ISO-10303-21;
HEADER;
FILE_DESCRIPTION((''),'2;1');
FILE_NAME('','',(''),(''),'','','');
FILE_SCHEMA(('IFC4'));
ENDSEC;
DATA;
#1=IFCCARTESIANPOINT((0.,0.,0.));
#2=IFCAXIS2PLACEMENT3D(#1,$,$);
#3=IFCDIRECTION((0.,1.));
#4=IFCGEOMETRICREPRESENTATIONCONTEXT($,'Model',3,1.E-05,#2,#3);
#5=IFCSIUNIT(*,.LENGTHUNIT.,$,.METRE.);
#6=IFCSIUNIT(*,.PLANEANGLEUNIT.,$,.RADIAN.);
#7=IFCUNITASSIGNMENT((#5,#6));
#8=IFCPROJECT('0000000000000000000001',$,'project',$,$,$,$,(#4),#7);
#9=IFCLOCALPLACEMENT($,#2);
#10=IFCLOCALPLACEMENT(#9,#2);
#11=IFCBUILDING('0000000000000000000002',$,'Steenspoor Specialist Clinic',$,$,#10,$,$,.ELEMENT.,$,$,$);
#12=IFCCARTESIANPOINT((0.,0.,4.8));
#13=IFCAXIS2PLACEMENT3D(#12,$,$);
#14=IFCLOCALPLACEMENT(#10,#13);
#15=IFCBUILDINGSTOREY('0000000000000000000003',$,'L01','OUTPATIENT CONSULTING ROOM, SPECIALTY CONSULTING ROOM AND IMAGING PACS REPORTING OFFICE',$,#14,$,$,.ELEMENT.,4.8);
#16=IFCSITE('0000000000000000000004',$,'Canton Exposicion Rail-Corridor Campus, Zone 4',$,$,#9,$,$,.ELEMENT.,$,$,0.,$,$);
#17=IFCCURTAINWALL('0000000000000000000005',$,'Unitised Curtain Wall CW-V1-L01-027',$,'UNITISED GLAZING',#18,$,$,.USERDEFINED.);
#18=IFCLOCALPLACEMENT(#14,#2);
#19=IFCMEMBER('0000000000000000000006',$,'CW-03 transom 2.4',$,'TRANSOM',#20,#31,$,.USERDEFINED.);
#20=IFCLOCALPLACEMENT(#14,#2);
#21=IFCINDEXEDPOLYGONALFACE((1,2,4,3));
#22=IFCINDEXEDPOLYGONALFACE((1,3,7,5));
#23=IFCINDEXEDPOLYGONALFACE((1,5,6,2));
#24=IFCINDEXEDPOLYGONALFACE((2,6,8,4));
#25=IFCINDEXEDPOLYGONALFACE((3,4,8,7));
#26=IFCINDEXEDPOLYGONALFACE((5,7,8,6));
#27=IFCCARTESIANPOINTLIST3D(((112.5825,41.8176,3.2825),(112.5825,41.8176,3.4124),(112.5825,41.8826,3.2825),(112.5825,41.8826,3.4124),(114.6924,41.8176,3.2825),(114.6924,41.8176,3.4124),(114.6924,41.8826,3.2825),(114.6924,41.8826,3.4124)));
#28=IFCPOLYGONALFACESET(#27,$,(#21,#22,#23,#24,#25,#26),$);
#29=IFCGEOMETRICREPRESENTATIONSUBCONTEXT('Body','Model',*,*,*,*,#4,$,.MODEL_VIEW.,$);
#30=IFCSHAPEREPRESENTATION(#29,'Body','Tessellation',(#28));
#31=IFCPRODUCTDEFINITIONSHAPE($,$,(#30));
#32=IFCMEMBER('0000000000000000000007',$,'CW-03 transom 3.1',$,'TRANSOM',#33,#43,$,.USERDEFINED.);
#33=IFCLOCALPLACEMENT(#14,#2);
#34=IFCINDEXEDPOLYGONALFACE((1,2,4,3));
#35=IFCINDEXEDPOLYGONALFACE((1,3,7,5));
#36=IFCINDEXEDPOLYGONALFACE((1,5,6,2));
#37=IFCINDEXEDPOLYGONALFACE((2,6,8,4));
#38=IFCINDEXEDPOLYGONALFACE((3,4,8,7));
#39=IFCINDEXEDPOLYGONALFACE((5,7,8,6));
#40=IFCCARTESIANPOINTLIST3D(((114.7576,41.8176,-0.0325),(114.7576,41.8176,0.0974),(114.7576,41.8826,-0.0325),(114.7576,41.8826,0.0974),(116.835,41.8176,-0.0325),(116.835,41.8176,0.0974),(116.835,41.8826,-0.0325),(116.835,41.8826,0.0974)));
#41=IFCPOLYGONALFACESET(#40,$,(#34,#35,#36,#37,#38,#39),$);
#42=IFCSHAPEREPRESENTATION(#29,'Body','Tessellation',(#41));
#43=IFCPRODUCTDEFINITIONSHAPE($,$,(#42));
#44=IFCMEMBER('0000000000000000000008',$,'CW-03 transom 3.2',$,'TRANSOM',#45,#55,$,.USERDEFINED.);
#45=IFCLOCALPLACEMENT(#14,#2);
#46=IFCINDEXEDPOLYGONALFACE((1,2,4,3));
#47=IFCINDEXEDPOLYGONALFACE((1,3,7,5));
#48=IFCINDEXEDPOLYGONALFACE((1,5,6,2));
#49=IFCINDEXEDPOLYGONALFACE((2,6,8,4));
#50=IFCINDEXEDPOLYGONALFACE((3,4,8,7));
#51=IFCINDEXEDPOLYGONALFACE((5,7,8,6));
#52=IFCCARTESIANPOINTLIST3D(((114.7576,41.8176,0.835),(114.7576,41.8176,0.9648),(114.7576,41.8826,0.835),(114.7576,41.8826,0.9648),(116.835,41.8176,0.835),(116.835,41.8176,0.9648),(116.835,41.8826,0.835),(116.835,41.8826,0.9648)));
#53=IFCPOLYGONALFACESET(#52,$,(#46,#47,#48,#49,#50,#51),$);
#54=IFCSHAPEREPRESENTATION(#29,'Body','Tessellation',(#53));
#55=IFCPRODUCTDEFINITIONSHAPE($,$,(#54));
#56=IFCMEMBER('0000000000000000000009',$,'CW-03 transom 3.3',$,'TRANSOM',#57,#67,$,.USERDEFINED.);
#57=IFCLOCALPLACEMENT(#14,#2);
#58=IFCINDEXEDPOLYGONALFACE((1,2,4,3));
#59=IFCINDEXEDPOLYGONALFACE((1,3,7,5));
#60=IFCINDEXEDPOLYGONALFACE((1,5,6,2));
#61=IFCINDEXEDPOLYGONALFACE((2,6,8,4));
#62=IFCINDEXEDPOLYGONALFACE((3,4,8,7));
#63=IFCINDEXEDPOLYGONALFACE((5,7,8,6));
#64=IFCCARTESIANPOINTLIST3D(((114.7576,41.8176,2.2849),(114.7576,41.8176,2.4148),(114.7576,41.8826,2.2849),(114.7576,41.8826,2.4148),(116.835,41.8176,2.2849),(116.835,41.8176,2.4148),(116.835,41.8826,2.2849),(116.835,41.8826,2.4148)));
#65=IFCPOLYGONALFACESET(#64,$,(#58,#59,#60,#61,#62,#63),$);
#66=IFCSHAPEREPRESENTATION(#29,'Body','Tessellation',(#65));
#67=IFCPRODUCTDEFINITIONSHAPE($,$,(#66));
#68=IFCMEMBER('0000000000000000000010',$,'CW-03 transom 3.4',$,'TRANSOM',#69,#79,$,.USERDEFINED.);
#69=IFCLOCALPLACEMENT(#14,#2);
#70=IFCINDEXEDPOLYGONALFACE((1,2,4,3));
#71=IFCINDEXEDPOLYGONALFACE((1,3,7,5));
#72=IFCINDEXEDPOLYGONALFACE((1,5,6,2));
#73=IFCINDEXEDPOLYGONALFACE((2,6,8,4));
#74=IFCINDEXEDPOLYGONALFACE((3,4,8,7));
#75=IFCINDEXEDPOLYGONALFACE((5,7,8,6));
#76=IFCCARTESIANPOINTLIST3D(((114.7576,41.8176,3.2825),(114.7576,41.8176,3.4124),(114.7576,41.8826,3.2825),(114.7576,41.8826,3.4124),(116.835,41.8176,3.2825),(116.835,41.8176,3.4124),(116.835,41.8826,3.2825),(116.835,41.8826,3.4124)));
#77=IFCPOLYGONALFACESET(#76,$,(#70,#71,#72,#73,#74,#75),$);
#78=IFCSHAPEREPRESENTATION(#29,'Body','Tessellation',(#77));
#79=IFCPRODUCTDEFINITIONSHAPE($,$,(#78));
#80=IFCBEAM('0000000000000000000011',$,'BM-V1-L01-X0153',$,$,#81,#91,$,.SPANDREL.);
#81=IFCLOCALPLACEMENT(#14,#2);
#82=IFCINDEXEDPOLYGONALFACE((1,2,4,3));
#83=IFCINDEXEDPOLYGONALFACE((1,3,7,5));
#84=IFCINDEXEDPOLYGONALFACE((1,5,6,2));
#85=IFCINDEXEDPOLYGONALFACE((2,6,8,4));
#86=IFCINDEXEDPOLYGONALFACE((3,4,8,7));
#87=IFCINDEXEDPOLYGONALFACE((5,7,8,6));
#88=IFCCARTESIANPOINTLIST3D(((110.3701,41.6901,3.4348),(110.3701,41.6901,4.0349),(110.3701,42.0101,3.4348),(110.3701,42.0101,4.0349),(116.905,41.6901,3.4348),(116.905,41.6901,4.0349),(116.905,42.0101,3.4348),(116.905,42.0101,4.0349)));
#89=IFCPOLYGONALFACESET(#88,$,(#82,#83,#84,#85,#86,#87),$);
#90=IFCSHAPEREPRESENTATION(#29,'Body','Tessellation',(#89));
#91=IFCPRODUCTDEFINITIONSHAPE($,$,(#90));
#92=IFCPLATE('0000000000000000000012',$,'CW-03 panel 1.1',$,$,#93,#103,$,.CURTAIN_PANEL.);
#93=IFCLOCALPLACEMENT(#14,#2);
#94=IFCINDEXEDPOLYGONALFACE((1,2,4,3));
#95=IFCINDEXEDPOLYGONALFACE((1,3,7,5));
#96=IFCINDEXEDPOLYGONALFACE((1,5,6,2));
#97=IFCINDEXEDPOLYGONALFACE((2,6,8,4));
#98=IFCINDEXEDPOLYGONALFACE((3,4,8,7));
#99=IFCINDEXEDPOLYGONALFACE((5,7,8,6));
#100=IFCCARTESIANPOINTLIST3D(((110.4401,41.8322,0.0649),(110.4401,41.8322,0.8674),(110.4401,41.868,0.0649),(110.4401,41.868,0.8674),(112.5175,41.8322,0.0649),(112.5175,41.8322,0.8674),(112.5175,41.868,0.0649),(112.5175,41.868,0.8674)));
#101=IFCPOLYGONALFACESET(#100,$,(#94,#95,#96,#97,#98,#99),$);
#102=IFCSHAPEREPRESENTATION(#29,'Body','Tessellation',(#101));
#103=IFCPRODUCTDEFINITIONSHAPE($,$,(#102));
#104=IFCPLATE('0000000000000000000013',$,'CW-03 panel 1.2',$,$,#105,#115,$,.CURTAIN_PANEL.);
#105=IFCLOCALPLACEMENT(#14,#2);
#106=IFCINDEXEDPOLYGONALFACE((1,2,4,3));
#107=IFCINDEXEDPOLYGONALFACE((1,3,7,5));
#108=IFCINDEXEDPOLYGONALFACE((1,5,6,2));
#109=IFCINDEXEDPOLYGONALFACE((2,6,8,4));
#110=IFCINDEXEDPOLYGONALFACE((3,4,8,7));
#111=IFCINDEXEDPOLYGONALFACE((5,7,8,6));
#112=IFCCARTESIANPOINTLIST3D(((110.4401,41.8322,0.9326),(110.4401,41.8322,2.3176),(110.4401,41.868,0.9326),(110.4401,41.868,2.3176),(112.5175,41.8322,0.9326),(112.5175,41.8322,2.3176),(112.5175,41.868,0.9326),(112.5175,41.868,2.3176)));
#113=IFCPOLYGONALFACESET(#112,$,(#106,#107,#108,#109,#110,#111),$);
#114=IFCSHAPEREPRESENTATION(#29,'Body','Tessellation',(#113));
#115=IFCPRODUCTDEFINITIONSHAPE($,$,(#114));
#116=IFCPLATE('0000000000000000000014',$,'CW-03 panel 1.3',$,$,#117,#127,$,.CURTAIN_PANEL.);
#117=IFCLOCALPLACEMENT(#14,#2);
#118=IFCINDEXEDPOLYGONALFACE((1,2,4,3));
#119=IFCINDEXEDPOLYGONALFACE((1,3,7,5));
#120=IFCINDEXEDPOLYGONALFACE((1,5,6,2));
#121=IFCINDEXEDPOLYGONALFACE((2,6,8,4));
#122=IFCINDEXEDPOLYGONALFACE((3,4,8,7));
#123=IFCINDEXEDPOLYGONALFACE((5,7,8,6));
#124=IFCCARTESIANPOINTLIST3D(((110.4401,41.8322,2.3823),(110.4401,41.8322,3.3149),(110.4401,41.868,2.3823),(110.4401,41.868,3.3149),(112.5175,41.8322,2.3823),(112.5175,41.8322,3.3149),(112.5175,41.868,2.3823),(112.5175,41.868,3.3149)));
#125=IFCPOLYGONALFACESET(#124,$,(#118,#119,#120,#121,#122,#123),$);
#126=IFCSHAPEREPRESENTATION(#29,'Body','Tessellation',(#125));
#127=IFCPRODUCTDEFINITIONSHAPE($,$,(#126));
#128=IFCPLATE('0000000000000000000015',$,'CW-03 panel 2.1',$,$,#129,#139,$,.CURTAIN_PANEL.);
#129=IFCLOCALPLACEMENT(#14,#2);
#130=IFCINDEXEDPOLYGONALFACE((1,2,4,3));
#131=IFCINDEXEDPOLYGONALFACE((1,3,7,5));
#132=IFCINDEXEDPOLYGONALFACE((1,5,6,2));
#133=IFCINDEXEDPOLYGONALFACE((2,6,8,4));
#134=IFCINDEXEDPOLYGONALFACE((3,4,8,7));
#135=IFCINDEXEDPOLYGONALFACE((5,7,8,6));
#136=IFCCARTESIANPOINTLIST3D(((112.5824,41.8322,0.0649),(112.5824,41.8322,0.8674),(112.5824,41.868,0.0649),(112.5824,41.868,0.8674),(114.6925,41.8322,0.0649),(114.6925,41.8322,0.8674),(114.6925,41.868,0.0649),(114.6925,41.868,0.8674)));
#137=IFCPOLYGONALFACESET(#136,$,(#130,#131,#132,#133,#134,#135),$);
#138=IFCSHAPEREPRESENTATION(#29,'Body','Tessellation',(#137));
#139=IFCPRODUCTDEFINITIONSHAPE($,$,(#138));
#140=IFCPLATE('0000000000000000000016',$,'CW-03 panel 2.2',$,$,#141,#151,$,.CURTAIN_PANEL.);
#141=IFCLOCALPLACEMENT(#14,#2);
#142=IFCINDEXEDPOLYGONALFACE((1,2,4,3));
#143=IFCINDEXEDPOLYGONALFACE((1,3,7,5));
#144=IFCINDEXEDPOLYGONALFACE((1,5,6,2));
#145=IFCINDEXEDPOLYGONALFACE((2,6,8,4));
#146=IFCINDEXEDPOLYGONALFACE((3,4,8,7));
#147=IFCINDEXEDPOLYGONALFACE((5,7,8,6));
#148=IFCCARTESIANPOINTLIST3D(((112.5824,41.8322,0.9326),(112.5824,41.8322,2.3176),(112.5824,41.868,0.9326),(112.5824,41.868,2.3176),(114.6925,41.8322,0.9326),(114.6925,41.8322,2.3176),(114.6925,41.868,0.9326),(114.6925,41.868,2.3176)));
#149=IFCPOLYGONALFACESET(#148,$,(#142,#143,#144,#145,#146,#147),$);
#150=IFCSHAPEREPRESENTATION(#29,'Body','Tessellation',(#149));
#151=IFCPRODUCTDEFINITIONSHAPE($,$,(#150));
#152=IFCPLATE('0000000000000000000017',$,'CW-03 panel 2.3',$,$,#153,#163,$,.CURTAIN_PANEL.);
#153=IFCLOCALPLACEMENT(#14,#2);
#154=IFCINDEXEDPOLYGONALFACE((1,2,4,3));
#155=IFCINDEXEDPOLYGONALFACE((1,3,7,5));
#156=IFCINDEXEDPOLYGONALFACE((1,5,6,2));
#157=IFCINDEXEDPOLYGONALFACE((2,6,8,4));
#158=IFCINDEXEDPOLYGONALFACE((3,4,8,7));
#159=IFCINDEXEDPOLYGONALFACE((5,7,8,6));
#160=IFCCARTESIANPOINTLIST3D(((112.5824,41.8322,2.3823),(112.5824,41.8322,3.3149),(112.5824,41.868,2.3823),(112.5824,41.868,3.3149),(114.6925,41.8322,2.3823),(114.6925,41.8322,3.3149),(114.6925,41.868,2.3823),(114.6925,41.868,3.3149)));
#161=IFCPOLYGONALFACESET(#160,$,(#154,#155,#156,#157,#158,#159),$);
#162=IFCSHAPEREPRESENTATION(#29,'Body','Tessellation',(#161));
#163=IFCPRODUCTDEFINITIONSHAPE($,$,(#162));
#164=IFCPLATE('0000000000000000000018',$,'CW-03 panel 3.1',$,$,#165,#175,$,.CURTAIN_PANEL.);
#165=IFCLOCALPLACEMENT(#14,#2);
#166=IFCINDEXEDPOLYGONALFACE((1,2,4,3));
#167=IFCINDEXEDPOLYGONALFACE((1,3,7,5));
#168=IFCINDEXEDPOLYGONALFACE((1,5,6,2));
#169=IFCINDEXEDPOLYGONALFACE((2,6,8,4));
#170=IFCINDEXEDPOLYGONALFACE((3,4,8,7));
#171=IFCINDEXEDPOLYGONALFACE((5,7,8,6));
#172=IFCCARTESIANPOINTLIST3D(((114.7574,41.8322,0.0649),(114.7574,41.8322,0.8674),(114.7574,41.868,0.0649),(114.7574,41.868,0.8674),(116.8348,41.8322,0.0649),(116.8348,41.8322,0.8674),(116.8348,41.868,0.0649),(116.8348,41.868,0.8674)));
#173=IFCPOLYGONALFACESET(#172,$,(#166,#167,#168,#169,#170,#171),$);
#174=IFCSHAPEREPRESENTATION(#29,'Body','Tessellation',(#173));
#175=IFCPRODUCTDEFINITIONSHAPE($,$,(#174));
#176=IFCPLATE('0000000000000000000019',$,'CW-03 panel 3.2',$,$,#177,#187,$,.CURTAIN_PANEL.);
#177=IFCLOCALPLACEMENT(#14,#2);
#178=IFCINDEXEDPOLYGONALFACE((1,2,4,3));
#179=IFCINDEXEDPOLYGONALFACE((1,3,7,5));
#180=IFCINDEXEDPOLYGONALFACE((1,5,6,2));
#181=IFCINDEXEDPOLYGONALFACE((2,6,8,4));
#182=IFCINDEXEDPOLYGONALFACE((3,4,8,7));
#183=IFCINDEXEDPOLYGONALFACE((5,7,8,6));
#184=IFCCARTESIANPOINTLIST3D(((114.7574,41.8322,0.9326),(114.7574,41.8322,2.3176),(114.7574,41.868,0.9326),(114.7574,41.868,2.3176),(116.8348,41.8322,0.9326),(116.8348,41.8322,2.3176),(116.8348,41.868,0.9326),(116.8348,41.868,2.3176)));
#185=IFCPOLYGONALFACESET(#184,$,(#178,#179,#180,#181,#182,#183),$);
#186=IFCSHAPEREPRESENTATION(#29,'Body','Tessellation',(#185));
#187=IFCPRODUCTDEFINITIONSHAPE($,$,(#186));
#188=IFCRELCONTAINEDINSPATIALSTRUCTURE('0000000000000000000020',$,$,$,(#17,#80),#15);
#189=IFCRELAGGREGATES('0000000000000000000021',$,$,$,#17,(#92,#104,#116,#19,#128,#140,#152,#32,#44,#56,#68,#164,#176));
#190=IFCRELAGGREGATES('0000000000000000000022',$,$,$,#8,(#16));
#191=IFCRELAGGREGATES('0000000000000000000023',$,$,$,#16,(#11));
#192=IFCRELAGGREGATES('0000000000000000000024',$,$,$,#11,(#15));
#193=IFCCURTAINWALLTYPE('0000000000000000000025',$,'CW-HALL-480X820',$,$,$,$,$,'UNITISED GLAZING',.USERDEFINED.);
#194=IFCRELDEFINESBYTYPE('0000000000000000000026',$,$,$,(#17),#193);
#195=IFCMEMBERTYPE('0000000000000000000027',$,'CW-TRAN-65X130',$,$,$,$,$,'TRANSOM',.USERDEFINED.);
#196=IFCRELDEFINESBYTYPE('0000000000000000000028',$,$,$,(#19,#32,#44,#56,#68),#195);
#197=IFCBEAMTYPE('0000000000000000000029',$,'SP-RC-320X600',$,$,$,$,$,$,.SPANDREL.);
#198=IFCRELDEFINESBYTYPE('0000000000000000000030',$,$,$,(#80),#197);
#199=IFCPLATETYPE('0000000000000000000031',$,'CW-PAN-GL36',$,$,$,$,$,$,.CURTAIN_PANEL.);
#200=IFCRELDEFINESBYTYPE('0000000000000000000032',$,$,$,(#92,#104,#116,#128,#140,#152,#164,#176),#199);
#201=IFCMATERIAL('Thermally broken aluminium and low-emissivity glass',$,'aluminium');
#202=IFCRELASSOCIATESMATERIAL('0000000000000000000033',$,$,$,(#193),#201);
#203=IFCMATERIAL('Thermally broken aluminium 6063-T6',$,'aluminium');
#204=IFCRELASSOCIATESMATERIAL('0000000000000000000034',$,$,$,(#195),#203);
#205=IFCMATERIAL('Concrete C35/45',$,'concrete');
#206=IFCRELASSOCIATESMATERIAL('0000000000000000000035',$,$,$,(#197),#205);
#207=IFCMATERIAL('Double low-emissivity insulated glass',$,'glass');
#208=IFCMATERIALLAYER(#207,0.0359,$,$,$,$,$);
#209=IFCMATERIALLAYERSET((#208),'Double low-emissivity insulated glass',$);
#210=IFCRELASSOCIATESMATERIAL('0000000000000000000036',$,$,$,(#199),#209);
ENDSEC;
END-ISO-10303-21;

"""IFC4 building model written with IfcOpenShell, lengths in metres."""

from ifc_helpers import new_model, si_unit, direction, frame, origin, origin_2d, place, context, subcontext, project, spatial, rectangle, extrude, material, layer, layer_set, material_profile, profile_set, type_object, element, aggregate, save


model = new_model("IFC4")

# Units and contexts
model_context = context("Model", 3, precision=1e-05, world=origin(), true_north=direction((0.0, 1.0)))
body_context = subcontext(model_context, "Body", "Model", "MODEL_VIEW")
ifc_project = project(units=[si_unit("LENGTHUNIT", "METRE"), si_unit("PLANEANGLEUNIT", "RADIAN")], contexts=[model_context])

# Site, building, storey
site_placement = place(None, origin())
site = spatial("IfcSite", under=ifc_project, at=site_placement, Name="Canton Exposicion Rail-Corridor Campus, Zone 4", CompositionType="ELEMENT", RefElevation=0.0)
building_placement = place(site_placement, origin())
building = spatial("IfcBuilding", under=site, at=building_placement, Name="Steenspoor Specialist Clinic", CompositionType="ELEMENT")
storey_placement = place(building_placement, frame((0.0, 0.0, 4.8)))
storey = spatial("IfcBuildingStorey", under=building, at=storey_placement, Name="L01", Description="OUTPATIENT CONSULTING ROOM, SPECIALTY CONSULTING ROOM AND IMAGING PACS REPORTING OFFICE", CompositionType="ELEMENT", Elevation=4.8)

# Curtain wall, members
ifc_material_1 = material(Name="Thermally broken aluminium and low-emissivity glass", Category="aluminium")
curtain_wall_type = type_object("IfcCurtainWallType", Name="CW-HALL-480X820", ElementType="UNITISED GLAZING", PredefinedType="USERDEFINED", material=ifc_material_1)
curtain_wall_placement = place(storey_placement, origin())
curtain_wall = element("IfcCurtainWall", 1, at=curtain_wall_placement, inside=storey, type_object=curtain_wall_type, Name="Unitised Curtain Wall CW-V1-L01-027", ObjectType="UNITISED GLAZING", PredefinedType="USERDEFINED")
ifc_material_2 = material(Name="Thermally broken aluminium 6063-T6", Category="aluminium")
ifc_material_profile_1 = material_profile(ifc_material_2, rectangle(XDim=0.0649, YDim=0.1299, at=origin_2d()), Name="CWT-65X130")
ifc_profile_set_1 = profile_set([ifc_material_profile_1], Name="Thermally broken aluminium 6063-T6")
member_type_1 = type_object("IfcMemberType", Name="CW-TRAN-65X130", ElementType="TRANSOM", PredefinedType="USERDEFINED", material=ifc_profile_set_1)
member_1_placement = place(storey_placement, frame((112.5825, 41.8501, 3.3474), z_axis=(1.0, 0.0, 0.0), x_axis=(0.0, 1.0, 0.0)))
member_1 = element("IfcMember", 2, at=member_1_placement, type_object=member_type_1, Name="CW-03 transom 2.4", ObjectType="TRANSOM", PredefinedType="USERDEFINED", context=body_context, shape_type="SweptSolid", body=[
    extrude(rectangle(XDim=0.0649, YDim=0.1299, at=origin_2d()), origin(), (0.0, 0.0, 1.0), 2.1099),
])
member_2_placement = place(storey_placement, frame((114.7576, 41.8501, 0.0325), z_axis=(1.0, 0.0, 0.0), x_axis=(0.0, 1.0, 0.0)))
member_2 = element("IfcMember", 3, at=member_2_placement, type_object=member_type_1, Name="CW-03 transom 3.1", ObjectType="TRANSOM", PredefinedType="USERDEFINED", context=body_context, shape_type="SweptSolid", body=[
    extrude(rectangle(XDim=0.0649, YDim=0.1299, at=origin_2d()), origin(), (0.0, 0.0, 1.0), 2.0774),
])
member_3_placement = place(storey_placement, frame((114.7576, 41.8501, 0.8999), z_axis=(1.0, 0.0, 0.0), x_axis=(0.0, 1.0, 0.0)))
member_3 = element("IfcMember", 4, at=member_3_placement, type_object=member_type_1, Name="CW-03 transom 3.2", ObjectType="TRANSOM", PredefinedType="USERDEFINED", context=body_context, shape_type="SweptSolid", body=[
    extrude(rectangle(XDim=0.0649, YDim=0.1299, at=origin_2d()), origin(), (0.0, 0.0, 1.0), 2.0774),
])
member_4_placement = place(storey_placement, frame((114.7576, 41.8501, 2.3499), z_axis=(1.0, 0.0, 0.0), x_axis=(0.0, 1.0, 0.0)))
member_4 = element("IfcMember", 5, at=member_4_placement, type_object=member_type_1, Name="CW-03 transom 3.3", ObjectType="TRANSOM", PredefinedType="USERDEFINED", context=body_context, shape_type="SweptSolid", body=[
    extrude(rectangle(XDim=0.0649, YDim=0.1299, at=origin_2d()), origin(), (0.0, 0.0, 1.0), 2.0774),
])
member_5_placement = place(storey_placement, frame((114.7576, 41.8501, 3.3474), z_axis=(1.0, 0.0, 0.0), x_axis=(0.0, 1.0, 0.0)))
member_5 = element("IfcMember", 6, at=member_5_placement, type_object=member_type_1, Name="CW-03 transom 3.4", ObjectType="TRANSOM", PredefinedType="USERDEFINED", context=body_context, shape_type="SweptSolid", body=[
    extrude(rectangle(XDim=0.0649, YDim=0.1299, at=origin_2d()), origin(), (0.0, 0.0, 1.0), 2.0774),
])

# Beam
ifc_material_3 = material(Name="Concrete C35/45", Category="concrete")
ifc_material_profile_2 = material_profile(ifc_material_3, rectangle(XDim=0.3201, YDim=0.6001, at=origin_2d()), Name="RC-SP-320X600")
ifc_profile_set_2 = profile_set([ifc_material_profile_2], Name="Concrete C35/45")
beam_type = type_object("IfcBeamType", Name="SP-RC-320X600", PredefinedType="SPANDREL", material=ifc_profile_set_2)
beam_placement = place(storey_placement, frame((110.3701, 41.8501, 3.7349), z_axis=(1.0, 0.0, 0.0), x_axis=(0.0, 1.0, 0.0)))
element("IfcBeam", 7, at=beam_placement, inside=storey, type_object=beam_type, Name="BM-V1-L01-X0153", PredefinedType="SPANDREL", context=body_context, shape_type="SweptSolid", body=[
    extrude(rectangle(XDim=0.3201, YDim=0.6001, at=origin_2d()), origin(), (0.0, 0.0, 1.0), 6.5349),
])

# Plates
ifc_material_4 = material(Name="Double low-emissivity insulated glass", Category="glass")
ifc_layer = layer(ifc_material_4, 0.0359)
ifc_layer_set = layer_set([ifc_layer], Name="Double low-emissivity insulated glass")
plate_type = type_object("IfcPlateType", Name="CW-PAN-GL36", PredefinedType="CURTAIN_PANEL", material=ifc_layer_set)
plate_1_placement = place(storey_placement, frame((111.4788, 41.8501, 0.0649), z_axis=(0.0, 0.0, 1.0), x_axis=(1.0, 0.0, 0.0)))
plate_1 = element("IfcPlate", 8, at=plate_1_placement, type_object=plate_type, Name="CW-03 panel 1.1", PredefinedType="CURTAIN_PANEL", context=body_context, shape_type="SweptSolid", body=[
    extrude(rectangle(XDim=2.0774, YDim=0.0359, at=origin_2d()), origin(), (0.0, 0.0, 1.0), 0.8025),
])
plate_2_placement = place(storey_placement, frame((111.4788, 41.8501, 0.9326), z_axis=(0.0, 0.0, 1.0), x_axis=(1.0, 0.0, 0.0)))
plate_2 = element("IfcPlate", 9, at=plate_2_placement, type_object=plate_type, Name="CW-03 panel 1.2", PredefinedType="CURTAIN_PANEL", context=body_context, shape_type="SweptSolid", body=[
    extrude(rectangle(XDim=2.0774, YDim=0.0359, at=origin_2d()), origin(), (0.0, 0.0, 1.0), 1.385),
])
plate_3_placement = place(storey_placement, frame((111.4788, 41.8501, 2.3823), z_axis=(0.0, 0.0, 1.0), x_axis=(1.0, 0.0, 0.0)))
plate_3 = element("IfcPlate", 10, at=plate_3_placement, type_object=plate_type, Name="CW-03 panel 1.3", PredefinedType="CURTAIN_PANEL", context=body_context, shape_type="SweptSolid", body=[
    extrude(rectangle(XDim=2.0774, YDim=0.0359, at=origin_2d()), origin(), (0.0, 0.0, 1.0), 0.9326),
])
plate_4_placement = place(storey_placement, frame((113.6375, 41.8501, 0.0649), z_axis=(0.0, 0.0, 1.0), x_axis=(1.0, 0.0, 0.0)))
plate_4 = element("IfcPlate", 11, at=plate_4_placement, type_object=plate_type, Name="CW-03 panel 2.1", PredefinedType="CURTAIN_PANEL", context=body_context, shape_type="SweptSolid", body=[
    extrude(rectangle(XDim=2.1101, YDim=0.0359, at=origin_2d()), origin(), (0.0, 0.0, 1.0), 0.8025),
])
plate_5_placement = place(storey_placement, frame((113.6375, 41.8501, 0.9326), z_axis=(0.0, 0.0, 1.0), x_axis=(1.0, 0.0, 0.0)))
plate_5 = element("IfcPlate", 12, at=plate_5_placement, type_object=plate_type, Name="CW-03 panel 2.2", PredefinedType="CURTAIN_PANEL", context=body_context, shape_type="SweptSolid", body=[
    extrude(rectangle(XDim=2.1101, YDim=0.0359, at=origin_2d()), origin(), (0.0, 0.0, 1.0), 1.385),
])
plate_6_placement = place(storey_placement, frame((113.6375, 41.8501, 2.3823), z_axis=(0.0, 0.0, 1.0), x_axis=(1.0, 0.0, 0.0)))
plate_6 = element("IfcPlate", 13, at=plate_6_placement, type_object=plate_type, Name="CW-03 panel 2.3", PredefinedType="CURTAIN_PANEL", context=body_context, shape_type="SweptSolid", body=[
    extrude(rectangle(XDim=2.1101, YDim=0.0359, at=origin_2d()), origin(), (0.0, 0.0, 1.0), 0.9326),
])
plate_7_placement = place(storey_placement, frame((115.7961, 41.8501, 0.0649), z_axis=(0.0, 0.0, 1.0), x_axis=(1.0, 0.0, 0.0)))
plate_7 = element("IfcPlate", 14, at=plate_7_placement, type_object=plate_type, Name="CW-03 panel 3.1", PredefinedType="CURTAIN_PANEL", context=body_context, shape_type="SweptSolid", body=[
    extrude(rectangle(XDim=2.0774, YDim=0.0359, at=origin_2d()), origin(), (0.0, 0.0, 1.0), 0.8025),
])
plate_8_placement = place(storey_placement, frame((115.7961, 41.8501, 0.9326), z_axis=(0.0, 0.0, 1.0), x_axis=(1.0, 0.0, 0.0)))
plate_8 = element("IfcPlate", 15, at=plate_8_placement, type_object=plate_type, Name="CW-03 panel 3.2", PredefinedType="CURTAIN_PANEL", context=body_context, shape_type="SweptSolid", body=[
    extrude(rectangle(XDim=2.0774, YDim=0.0359, at=origin_2d()), origin(), (0.0, 0.0, 1.0), 1.385),
])
aggregate(curtain_wall, [plate_1, plate_2, plate_3, member_1, plate_4, plate_5, plate_6, member_2, member_3, member_4, member_5, plate_7, plate_8])

save(model, "model.ifc")
